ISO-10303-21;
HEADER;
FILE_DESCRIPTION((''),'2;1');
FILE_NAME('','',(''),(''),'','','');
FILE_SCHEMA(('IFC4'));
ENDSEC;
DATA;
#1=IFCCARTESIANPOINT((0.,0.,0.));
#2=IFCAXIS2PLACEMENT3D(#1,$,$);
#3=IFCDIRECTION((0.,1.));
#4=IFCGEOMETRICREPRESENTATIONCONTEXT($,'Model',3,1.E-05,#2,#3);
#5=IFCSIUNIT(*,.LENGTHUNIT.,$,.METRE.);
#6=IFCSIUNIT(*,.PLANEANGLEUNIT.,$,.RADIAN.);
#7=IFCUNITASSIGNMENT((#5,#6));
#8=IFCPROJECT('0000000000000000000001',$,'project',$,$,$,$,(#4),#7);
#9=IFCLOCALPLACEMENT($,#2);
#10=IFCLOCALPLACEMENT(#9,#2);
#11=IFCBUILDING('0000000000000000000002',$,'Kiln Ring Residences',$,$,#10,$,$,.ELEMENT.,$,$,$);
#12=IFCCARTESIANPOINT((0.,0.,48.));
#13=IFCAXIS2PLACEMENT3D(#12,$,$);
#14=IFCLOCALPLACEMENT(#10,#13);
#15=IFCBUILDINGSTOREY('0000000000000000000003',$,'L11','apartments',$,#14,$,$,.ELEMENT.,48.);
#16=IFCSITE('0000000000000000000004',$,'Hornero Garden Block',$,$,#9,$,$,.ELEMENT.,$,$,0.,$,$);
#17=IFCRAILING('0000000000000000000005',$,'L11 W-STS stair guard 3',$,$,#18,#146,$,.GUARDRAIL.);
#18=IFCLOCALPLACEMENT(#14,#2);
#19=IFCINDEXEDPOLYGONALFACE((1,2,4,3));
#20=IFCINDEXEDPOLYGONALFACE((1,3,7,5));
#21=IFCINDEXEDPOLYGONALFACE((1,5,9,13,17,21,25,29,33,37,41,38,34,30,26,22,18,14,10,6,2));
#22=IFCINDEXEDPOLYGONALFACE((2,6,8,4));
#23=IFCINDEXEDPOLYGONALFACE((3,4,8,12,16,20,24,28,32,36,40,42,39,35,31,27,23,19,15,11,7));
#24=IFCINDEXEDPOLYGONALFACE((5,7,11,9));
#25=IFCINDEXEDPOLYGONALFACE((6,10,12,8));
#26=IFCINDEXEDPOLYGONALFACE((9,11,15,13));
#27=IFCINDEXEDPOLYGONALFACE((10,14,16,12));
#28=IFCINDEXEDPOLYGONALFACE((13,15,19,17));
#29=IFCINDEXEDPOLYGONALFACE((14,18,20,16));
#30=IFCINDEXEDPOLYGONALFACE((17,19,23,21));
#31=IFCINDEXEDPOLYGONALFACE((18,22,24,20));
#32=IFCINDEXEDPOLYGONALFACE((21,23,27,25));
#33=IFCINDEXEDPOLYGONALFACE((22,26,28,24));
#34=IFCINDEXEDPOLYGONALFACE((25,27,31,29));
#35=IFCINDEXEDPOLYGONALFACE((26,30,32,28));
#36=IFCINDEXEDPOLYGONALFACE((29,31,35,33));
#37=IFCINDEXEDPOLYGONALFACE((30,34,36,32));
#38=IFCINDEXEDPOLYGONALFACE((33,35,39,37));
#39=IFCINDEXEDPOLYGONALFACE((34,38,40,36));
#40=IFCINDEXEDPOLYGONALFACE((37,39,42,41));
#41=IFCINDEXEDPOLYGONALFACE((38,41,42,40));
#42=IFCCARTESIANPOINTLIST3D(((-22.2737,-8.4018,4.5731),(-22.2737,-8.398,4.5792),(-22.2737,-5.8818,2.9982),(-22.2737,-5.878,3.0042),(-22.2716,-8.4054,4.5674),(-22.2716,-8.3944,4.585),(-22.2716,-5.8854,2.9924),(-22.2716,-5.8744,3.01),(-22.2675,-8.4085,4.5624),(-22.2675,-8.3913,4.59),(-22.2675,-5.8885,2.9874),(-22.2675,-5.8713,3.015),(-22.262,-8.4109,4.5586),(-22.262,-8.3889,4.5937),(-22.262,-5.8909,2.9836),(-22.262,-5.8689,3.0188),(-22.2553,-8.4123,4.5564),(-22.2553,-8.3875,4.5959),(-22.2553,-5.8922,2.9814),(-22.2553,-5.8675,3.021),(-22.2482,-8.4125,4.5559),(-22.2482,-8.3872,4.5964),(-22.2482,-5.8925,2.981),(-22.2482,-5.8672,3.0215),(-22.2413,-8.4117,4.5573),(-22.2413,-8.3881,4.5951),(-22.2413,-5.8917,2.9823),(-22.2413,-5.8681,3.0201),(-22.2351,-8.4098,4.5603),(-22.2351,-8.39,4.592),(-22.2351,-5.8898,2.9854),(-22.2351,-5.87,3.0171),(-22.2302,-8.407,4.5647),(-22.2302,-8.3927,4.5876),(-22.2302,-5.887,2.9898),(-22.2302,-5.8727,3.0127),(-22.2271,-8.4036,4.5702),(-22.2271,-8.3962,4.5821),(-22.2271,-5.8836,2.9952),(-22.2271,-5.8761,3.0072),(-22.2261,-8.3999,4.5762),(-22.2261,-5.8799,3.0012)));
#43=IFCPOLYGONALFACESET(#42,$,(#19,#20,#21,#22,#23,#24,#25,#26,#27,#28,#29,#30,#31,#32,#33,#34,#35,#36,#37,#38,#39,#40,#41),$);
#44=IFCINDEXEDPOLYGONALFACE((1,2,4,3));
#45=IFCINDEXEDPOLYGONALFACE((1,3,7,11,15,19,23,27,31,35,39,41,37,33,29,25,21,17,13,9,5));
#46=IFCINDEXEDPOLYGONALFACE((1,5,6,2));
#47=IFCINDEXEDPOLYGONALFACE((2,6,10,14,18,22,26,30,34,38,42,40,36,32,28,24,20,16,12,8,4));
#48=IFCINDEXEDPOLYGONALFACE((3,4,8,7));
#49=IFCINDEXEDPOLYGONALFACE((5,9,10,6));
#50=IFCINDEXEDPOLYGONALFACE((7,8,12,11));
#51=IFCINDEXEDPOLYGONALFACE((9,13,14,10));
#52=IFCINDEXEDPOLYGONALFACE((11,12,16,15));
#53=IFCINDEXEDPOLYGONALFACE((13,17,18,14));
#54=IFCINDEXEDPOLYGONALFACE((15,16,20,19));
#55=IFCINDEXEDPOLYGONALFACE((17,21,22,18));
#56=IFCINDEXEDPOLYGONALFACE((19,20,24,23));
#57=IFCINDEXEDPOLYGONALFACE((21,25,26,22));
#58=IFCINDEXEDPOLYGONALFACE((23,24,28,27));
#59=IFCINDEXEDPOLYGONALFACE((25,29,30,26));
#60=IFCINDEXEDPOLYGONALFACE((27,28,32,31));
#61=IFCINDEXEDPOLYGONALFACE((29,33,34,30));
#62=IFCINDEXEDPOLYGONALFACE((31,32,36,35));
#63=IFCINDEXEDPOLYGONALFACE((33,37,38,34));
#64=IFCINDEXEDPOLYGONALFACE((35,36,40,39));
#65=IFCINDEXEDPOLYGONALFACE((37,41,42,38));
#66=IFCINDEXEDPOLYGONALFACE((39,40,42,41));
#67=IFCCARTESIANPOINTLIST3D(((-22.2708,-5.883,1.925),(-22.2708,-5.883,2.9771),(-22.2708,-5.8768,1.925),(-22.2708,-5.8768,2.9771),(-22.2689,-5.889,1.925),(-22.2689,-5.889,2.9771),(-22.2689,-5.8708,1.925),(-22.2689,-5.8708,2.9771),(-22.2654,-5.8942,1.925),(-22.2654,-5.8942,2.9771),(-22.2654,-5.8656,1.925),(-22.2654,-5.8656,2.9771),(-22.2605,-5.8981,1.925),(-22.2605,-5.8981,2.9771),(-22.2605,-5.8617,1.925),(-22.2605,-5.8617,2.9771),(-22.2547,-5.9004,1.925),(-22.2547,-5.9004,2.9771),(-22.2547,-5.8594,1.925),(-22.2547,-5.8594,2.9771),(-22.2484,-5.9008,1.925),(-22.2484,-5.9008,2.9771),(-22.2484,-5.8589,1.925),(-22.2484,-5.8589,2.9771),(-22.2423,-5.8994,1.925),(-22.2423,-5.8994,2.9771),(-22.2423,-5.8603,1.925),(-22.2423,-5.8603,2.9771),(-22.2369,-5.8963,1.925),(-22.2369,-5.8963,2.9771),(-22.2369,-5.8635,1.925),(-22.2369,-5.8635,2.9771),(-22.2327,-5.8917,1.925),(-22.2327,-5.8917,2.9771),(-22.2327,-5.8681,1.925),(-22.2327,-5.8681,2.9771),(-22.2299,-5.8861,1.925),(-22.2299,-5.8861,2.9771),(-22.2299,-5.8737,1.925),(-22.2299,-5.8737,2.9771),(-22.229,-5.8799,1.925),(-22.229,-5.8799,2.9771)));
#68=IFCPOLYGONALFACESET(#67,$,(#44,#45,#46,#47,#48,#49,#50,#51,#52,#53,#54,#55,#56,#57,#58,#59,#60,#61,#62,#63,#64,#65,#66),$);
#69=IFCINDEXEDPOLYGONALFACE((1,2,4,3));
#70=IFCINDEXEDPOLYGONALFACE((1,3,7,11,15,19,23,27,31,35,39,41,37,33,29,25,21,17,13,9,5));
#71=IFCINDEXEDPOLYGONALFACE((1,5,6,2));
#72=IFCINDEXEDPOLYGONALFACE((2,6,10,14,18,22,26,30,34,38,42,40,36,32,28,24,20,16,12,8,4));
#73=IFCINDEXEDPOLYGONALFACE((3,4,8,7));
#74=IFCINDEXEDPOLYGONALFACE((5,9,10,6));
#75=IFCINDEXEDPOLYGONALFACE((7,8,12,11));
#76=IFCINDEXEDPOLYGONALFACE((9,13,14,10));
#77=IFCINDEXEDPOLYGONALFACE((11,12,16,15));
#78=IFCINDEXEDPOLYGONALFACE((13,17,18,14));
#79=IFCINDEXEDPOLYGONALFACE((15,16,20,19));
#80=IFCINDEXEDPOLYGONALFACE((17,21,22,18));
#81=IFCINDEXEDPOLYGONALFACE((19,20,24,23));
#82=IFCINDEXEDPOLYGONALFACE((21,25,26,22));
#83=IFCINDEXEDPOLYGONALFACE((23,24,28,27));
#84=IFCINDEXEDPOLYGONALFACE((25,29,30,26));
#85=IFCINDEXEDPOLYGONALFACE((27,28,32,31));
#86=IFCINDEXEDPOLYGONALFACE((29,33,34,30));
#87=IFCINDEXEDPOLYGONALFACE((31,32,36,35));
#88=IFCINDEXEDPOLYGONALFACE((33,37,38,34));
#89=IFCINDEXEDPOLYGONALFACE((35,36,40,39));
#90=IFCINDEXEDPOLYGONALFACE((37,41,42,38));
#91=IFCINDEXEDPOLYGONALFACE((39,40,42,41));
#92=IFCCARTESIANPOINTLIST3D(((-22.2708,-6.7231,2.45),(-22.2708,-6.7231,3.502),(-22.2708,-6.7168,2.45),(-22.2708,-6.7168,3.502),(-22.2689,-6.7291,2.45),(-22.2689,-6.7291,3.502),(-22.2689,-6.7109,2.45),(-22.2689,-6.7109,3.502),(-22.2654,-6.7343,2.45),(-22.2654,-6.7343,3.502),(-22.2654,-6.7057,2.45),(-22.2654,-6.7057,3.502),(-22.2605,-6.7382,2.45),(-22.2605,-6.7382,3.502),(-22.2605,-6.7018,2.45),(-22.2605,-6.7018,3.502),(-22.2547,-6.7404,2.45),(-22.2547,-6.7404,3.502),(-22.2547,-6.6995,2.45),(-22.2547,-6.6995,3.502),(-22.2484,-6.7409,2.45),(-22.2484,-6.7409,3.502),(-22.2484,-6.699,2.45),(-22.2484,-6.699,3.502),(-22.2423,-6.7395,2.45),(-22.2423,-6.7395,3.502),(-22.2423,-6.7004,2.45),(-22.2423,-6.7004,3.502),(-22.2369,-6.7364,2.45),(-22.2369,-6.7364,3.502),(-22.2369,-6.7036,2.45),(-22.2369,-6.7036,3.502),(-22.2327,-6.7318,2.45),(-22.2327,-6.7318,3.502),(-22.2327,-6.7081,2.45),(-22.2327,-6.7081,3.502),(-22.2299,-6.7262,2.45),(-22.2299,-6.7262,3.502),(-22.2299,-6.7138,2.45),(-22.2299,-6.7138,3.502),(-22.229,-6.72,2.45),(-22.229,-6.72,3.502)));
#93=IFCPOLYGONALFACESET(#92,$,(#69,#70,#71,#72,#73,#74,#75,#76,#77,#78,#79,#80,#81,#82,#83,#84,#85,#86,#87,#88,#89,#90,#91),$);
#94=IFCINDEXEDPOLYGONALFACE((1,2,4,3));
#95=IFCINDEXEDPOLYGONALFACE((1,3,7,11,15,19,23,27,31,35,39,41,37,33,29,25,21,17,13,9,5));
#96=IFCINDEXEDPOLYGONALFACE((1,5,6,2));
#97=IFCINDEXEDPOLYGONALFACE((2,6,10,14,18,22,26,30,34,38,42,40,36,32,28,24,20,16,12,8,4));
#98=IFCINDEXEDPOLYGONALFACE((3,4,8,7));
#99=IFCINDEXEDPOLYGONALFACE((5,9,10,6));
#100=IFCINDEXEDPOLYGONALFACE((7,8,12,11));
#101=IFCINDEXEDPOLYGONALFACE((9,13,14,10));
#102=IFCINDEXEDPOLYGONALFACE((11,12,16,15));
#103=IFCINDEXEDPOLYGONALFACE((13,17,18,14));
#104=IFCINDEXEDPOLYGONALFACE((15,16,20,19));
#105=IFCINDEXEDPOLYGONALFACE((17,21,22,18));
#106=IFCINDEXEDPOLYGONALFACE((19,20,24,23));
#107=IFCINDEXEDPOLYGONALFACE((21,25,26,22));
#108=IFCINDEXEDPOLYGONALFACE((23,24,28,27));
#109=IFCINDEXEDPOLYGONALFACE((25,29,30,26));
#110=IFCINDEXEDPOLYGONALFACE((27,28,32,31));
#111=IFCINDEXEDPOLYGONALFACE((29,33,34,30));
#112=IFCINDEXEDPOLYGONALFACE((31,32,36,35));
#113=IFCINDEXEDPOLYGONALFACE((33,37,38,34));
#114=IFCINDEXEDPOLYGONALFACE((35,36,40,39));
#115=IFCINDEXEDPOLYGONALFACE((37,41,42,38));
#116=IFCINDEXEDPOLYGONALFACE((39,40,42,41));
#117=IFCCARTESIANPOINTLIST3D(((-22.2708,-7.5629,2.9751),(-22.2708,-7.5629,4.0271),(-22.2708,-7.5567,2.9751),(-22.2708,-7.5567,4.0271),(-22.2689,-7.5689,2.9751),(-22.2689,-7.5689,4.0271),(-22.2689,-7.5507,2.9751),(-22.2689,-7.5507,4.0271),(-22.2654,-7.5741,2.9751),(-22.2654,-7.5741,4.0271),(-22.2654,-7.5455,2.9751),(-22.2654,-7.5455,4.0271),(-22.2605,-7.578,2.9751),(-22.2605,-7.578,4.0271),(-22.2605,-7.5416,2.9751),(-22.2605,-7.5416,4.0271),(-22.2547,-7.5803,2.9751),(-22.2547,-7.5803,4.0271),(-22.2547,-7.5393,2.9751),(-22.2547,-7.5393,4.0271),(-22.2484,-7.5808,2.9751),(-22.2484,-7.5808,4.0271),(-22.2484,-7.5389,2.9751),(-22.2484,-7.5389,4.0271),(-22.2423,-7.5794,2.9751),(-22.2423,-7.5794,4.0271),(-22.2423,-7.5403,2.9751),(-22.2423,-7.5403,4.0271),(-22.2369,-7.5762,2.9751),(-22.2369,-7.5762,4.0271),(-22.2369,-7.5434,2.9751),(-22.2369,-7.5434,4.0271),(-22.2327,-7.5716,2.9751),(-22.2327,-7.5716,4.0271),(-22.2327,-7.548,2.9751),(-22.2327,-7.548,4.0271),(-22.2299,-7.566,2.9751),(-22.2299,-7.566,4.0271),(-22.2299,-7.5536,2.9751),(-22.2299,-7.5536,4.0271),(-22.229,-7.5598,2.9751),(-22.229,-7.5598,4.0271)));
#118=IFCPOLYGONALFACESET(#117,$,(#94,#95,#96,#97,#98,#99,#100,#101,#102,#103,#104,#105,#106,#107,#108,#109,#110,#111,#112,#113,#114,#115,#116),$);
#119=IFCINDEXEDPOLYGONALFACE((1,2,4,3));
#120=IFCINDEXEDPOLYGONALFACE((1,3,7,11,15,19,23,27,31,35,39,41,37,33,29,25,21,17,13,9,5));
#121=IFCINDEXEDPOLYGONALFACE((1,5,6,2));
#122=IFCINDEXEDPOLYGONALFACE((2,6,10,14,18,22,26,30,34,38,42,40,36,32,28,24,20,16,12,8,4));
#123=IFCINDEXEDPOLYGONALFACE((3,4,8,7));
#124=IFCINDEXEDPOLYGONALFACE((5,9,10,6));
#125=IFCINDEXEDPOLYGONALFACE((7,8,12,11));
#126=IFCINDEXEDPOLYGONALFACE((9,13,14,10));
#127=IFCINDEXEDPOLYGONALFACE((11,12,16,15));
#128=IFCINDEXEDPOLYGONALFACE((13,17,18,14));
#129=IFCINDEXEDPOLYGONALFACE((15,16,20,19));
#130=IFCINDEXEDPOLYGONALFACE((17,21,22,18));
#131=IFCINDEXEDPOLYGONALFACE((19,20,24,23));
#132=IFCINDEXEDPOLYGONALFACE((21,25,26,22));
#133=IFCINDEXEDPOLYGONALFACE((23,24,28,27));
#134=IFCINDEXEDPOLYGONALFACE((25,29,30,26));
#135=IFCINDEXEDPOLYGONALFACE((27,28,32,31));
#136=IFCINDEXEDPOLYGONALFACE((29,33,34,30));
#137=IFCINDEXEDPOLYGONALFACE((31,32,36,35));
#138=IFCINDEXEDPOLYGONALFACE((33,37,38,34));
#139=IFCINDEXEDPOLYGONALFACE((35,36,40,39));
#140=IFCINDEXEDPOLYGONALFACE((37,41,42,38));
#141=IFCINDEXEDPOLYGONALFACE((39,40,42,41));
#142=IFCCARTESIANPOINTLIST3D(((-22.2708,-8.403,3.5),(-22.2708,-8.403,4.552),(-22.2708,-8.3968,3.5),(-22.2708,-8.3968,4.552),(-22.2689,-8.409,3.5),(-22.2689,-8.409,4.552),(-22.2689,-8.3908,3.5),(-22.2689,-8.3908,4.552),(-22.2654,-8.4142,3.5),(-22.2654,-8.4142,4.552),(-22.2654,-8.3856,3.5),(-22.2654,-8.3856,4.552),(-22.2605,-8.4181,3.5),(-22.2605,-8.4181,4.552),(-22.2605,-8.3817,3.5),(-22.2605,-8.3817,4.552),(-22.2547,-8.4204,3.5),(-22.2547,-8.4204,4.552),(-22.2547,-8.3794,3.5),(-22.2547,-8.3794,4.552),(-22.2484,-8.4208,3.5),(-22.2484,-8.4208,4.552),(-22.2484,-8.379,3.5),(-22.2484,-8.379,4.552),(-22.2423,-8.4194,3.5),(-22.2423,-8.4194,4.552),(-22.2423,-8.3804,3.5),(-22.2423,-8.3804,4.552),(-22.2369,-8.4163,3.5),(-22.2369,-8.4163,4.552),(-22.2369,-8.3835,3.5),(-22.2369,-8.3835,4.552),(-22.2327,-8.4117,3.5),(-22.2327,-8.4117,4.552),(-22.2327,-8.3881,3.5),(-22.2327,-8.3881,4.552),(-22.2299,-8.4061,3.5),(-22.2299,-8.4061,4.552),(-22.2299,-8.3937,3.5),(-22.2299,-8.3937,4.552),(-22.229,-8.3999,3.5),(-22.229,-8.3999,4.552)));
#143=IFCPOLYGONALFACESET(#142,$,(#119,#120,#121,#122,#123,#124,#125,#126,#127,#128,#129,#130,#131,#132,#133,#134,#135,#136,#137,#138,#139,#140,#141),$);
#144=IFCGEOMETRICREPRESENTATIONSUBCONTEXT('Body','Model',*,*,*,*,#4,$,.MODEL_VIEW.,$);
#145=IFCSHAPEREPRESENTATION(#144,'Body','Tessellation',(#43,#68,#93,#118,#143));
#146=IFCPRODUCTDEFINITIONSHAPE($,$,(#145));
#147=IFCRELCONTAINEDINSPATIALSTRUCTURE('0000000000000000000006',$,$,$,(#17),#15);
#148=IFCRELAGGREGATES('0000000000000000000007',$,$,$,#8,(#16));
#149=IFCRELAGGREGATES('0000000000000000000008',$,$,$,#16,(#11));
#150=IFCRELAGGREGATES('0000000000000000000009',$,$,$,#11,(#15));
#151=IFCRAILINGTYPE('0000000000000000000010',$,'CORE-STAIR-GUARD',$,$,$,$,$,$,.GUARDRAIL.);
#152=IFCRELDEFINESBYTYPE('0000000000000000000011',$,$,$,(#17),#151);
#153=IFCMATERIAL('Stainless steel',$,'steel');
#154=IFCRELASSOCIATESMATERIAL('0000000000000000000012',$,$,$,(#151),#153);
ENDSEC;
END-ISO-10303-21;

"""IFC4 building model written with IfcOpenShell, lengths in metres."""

from ifc_helpers import new_model, si_unit, direction, frame, origin, origin_2d, place, context, subcontext, project, spatial, circle, extrude, material, type_object, element, save


model = new_model("IFC4")

# Units and contexts
model_context = context("Model", 3, precision=1e-05, world=origin(), true_north=direction((0.0, 1.0)))
body_context = subcontext(model_context, "Body", "Model", "MODEL_VIEW")
ifc_project = project(units=[si_unit("LENGTHUNIT", "METRE"), si_unit("PLANEANGLEUNIT", "RADIAN")], contexts=[model_context])

# Site, building, storey
site_placement = place(None, origin())
site = spatial("IfcSite", under=ifc_project, at=site_placement, Name="Hornero Garden Block", CompositionType="ELEMENT", RefElevation=0.0)
building_placement = place(site_placement, origin())
building = spatial("IfcBuilding", under=site, at=building_placement, Name="Kiln Ring Residences", CompositionType="ELEMENT")
storey_placement = place(building_placement, frame((0.0, 0.0, 48.0)))
storey = spatial("IfcBuildingStorey", under=building, at=storey_placement, Name="L11", Description="apartments", CompositionType="ELEMENT", Elevation=48.0)

# Railing
ifc_material_1 = material(Name="Stainless steel", Category="steel")
railing_type_1 = type_object("IfcRailingType", Name="CORE-STAIR-GUARD", PredefinedType="GUARDRAIL", material=ifc_material_1)
railing_1_placement = place(storey_placement, frame((-22.25, -5.8799, 1.925)))
element("IfcRailing", 1, at=railing_1_placement, inside=storey, type_object=railing_type_1, Name="L11 W-STS stair guard 3", PredefinedType="GUARDRAIL", context=body_context, shape_type="SweptSolid", body=[
    extrude(circle(Radius=0.0239, at=origin_2d()), frame((0.0, 0.0, 1.0762), z_axis=(0.0, -0.848008, 0.529984), x_axis=(1.0, 0.0, 0.0)), (0.0, 0.0, 1.0), 2.9717),
    extrude(circle(Radius=0.021, at=origin_2d()), origin(), (0.0, 0.0, 1.0), 1.052),
    extrude(circle(Radius=0.021, at=origin_2d()), frame((0.0, -0.8401, 0.5249)), (0.0, 0.0, 1.0), 1.052),
    extrude(circle(Radius=0.021, at=origin_2d()), frame((0.0, -1.6799, 1.05)), (0.0, 0.0, 1.0), 1.052),
    extrude(circle(Radius=0.021, at=origin_2d()), frame((0.0, -2.52, 1.575)), (0.0, 0.0, 1.0), 1.052),
])

save(model, "model.ifc")
